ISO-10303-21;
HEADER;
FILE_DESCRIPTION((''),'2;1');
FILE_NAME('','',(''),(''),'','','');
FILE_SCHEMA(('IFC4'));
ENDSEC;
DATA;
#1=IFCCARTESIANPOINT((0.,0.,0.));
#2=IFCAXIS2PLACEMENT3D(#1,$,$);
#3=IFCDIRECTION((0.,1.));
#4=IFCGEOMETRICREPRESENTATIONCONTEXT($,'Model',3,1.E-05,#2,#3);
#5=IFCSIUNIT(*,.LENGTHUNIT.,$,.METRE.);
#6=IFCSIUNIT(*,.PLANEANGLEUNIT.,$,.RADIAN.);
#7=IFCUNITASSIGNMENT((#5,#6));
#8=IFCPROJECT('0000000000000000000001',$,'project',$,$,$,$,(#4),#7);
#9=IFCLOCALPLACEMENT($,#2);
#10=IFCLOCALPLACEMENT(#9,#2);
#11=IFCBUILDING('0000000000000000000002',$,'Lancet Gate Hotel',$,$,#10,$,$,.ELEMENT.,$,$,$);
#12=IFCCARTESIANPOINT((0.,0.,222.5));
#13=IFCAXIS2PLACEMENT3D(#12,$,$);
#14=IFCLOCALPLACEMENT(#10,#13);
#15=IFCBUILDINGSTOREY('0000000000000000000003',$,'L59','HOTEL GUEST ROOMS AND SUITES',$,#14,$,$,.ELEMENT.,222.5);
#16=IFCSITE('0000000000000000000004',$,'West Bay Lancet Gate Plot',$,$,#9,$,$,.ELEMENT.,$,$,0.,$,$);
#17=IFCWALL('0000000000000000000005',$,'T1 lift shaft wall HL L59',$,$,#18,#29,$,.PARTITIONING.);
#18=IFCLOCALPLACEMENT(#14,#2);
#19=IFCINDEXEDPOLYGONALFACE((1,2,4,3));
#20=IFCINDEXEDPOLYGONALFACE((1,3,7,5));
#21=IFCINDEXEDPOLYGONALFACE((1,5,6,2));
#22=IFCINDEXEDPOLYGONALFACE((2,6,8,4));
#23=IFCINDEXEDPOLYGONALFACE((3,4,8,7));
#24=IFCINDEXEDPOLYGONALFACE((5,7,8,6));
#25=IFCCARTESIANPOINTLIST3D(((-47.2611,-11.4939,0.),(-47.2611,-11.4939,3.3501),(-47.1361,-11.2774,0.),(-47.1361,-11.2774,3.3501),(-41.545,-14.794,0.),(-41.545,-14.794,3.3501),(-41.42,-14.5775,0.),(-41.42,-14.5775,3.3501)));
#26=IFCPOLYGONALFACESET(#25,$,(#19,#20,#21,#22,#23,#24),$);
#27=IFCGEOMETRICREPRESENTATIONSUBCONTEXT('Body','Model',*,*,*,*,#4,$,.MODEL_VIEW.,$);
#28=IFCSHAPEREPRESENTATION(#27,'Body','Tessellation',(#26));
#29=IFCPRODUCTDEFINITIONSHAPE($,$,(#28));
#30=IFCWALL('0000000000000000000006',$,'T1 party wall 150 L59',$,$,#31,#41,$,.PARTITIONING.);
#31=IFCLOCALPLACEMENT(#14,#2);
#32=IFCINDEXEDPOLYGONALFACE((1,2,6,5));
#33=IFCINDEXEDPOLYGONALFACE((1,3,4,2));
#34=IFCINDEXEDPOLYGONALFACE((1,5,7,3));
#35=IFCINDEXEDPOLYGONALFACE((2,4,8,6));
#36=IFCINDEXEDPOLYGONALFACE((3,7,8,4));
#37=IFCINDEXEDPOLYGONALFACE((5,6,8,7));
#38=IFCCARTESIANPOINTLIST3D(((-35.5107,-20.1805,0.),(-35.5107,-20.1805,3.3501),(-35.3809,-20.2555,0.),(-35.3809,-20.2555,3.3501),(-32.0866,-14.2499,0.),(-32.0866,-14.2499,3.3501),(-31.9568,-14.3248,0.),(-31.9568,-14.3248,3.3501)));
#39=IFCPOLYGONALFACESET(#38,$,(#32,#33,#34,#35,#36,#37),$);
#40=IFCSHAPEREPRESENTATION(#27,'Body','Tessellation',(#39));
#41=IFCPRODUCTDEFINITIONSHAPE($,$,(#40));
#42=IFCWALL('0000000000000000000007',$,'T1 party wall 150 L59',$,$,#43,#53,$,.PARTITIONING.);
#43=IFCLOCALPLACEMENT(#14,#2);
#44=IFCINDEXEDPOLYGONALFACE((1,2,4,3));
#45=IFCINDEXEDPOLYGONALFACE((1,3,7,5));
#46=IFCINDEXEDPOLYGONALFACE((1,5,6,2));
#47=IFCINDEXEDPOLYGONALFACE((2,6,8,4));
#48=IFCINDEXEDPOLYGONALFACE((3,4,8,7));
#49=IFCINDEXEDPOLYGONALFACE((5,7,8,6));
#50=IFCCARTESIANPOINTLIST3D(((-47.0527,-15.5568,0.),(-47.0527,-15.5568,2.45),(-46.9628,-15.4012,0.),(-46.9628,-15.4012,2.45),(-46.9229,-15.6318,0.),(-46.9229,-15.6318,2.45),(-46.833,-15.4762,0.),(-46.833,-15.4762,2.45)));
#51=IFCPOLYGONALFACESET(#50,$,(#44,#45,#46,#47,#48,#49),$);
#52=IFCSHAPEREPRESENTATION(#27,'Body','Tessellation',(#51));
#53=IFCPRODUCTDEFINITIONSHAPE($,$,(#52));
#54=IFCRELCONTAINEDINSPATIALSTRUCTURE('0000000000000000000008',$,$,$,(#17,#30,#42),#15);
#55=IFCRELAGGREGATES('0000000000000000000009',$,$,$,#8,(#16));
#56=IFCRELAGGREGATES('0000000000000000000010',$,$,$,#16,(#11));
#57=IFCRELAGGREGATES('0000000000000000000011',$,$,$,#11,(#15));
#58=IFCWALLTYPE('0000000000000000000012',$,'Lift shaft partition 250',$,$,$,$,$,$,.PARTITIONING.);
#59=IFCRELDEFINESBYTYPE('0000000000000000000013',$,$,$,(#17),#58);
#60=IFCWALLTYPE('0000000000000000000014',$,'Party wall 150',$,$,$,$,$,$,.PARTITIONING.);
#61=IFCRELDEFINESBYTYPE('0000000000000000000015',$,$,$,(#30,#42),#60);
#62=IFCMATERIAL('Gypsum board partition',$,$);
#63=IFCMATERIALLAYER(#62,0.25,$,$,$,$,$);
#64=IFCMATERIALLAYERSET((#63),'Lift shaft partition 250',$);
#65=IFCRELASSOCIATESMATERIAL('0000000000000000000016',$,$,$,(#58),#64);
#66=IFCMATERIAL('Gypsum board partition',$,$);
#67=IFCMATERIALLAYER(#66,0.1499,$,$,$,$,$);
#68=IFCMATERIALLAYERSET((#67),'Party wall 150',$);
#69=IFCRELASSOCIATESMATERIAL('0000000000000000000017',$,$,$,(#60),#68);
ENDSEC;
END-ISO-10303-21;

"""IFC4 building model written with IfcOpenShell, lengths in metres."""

from ifc_helpers import new_model, si_unit, direction, frame, frame_2d, origin, place, context, subcontext, project, spatial, rectangle, extrude, material, layer, layer_set, type_object, element, save


model = new_model("IFC4")

# Units and contexts
model_context = context("Model", 3, precision=1e-05, world=origin(), true_north=direction((0.0, 1.0)))
body_context = subcontext(model_context, "Body", "Model", "MODEL_VIEW")
ifc_project = project(units=[si_unit("LENGTHUNIT", "METRE"), si_unit("PLANEANGLEUNIT", "RADIAN")], contexts=[model_context])

# Site, building, storey
site_placement = place(None, origin())
site = spatial("IfcSite", under=ifc_project, at=site_placement, Name="West Bay Lancet Gate Plot", CompositionType="ELEMENT", RefElevation=0.0)
building_placement = place(site_placement, origin())
building = spatial("IfcBuilding", under=site, at=building_placement, Name="Lancet Gate Hotel", CompositionType="ELEMENT")
storey_placement = place(building_placement, frame((0.0, 0.0, 222.5)))
storey = spatial("IfcBuildingStorey", under=building, at=storey_placement, Name="L59", Description="HOTEL GUEST ROOMS AND SUITES", CompositionType="ELEMENT", Elevation=222.5)

# Walls
ifc_material_1 = material(Name="Gypsum board partition")
ifc_layer_1 = layer(ifc_material_1, 0.25)
ifc_layer_set_1 = layer_set([ifc_layer_1], Name="Lift shaft partition 250")
wall_type_1 = type_object("IfcWallType", Name="Lift shaft partition 250", PredefinedType="PARTITIONING", material=ifc_layer_set_1)
wall_1_placement = place(storey_placement, frame((-41.4824, -14.6858, 0.0), z_axis=(0.0, 0.0, 1.0), x_axis=(-0.866033, 0.499986, 0.0)))
element("IfcWall", 1, at=wall_1_placement, inside=storey, type_object=wall_type_1, Name="T1 lift shaft wall HL L59", PredefinedType="PARTITIONING", context=body_context, shape_type="SweptSolid", body=[
    extrude(rectangle(XDim=6.6003, YDim=0.25, at=frame_2d((3.3003, 0.0))), origin(), (0.0, 0.0, 1.0), 3.3501),
])
ifc_material_2 = material(Name="Gypsum board partition")
ifc_layer_2 = layer(ifc_material_2, 0.1499)
ifc_layer_set_2 = layer_set([ifc_layer_2], Name="Party wall 150")
wall_type_2 = type_object("IfcWallType", Name="Party wall 150", PredefinedType="PARTITIONING", material=ifc_layer_set_2)
wall_2_placement = place(storey_placement, frame((-32.0217, -14.2874, 0.0), z_axis=(0.0, 0.0, 1.0), x_axis=(-0.5, -0.866025, 0.0)))
element("IfcWall", 2, at=wall_2_placement, inside=storey, type_object=wall_type_2, Name="T1 party wall 150 L59", PredefinedType="PARTITIONING", context=body_context, shape_type="SweptSolid", body=[
    extrude(rectangle(XDim=6.8481, YDim=0.1499, at=frame_2d((3.4241, 0.0))), origin(), (0.0, 0.0, 1.0), 3.3501),
])
wall_3_placement = place(storey_placement, frame((-46.8979, -15.4387, 0.0), z_axis=(0.0, 0.0, 1.0), x_axis=(-0.500232, -0.865891, 0.0)))
element("IfcWall", 3, at=wall_3_placement, inside=storey, type_object=wall_type_2, Name="T1 party wall 150 L59", PredefinedType="PARTITIONING", context=body_context, shape_type="SweptSolid", body=[
    extrude(rectangle(XDim=0.1797, YDim=0.1499, at=frame_2d((0.0898, 0.0))), origin(), (0.0, 0.0, 1.0), 2.45),
])

save(model, "model.ifc")
